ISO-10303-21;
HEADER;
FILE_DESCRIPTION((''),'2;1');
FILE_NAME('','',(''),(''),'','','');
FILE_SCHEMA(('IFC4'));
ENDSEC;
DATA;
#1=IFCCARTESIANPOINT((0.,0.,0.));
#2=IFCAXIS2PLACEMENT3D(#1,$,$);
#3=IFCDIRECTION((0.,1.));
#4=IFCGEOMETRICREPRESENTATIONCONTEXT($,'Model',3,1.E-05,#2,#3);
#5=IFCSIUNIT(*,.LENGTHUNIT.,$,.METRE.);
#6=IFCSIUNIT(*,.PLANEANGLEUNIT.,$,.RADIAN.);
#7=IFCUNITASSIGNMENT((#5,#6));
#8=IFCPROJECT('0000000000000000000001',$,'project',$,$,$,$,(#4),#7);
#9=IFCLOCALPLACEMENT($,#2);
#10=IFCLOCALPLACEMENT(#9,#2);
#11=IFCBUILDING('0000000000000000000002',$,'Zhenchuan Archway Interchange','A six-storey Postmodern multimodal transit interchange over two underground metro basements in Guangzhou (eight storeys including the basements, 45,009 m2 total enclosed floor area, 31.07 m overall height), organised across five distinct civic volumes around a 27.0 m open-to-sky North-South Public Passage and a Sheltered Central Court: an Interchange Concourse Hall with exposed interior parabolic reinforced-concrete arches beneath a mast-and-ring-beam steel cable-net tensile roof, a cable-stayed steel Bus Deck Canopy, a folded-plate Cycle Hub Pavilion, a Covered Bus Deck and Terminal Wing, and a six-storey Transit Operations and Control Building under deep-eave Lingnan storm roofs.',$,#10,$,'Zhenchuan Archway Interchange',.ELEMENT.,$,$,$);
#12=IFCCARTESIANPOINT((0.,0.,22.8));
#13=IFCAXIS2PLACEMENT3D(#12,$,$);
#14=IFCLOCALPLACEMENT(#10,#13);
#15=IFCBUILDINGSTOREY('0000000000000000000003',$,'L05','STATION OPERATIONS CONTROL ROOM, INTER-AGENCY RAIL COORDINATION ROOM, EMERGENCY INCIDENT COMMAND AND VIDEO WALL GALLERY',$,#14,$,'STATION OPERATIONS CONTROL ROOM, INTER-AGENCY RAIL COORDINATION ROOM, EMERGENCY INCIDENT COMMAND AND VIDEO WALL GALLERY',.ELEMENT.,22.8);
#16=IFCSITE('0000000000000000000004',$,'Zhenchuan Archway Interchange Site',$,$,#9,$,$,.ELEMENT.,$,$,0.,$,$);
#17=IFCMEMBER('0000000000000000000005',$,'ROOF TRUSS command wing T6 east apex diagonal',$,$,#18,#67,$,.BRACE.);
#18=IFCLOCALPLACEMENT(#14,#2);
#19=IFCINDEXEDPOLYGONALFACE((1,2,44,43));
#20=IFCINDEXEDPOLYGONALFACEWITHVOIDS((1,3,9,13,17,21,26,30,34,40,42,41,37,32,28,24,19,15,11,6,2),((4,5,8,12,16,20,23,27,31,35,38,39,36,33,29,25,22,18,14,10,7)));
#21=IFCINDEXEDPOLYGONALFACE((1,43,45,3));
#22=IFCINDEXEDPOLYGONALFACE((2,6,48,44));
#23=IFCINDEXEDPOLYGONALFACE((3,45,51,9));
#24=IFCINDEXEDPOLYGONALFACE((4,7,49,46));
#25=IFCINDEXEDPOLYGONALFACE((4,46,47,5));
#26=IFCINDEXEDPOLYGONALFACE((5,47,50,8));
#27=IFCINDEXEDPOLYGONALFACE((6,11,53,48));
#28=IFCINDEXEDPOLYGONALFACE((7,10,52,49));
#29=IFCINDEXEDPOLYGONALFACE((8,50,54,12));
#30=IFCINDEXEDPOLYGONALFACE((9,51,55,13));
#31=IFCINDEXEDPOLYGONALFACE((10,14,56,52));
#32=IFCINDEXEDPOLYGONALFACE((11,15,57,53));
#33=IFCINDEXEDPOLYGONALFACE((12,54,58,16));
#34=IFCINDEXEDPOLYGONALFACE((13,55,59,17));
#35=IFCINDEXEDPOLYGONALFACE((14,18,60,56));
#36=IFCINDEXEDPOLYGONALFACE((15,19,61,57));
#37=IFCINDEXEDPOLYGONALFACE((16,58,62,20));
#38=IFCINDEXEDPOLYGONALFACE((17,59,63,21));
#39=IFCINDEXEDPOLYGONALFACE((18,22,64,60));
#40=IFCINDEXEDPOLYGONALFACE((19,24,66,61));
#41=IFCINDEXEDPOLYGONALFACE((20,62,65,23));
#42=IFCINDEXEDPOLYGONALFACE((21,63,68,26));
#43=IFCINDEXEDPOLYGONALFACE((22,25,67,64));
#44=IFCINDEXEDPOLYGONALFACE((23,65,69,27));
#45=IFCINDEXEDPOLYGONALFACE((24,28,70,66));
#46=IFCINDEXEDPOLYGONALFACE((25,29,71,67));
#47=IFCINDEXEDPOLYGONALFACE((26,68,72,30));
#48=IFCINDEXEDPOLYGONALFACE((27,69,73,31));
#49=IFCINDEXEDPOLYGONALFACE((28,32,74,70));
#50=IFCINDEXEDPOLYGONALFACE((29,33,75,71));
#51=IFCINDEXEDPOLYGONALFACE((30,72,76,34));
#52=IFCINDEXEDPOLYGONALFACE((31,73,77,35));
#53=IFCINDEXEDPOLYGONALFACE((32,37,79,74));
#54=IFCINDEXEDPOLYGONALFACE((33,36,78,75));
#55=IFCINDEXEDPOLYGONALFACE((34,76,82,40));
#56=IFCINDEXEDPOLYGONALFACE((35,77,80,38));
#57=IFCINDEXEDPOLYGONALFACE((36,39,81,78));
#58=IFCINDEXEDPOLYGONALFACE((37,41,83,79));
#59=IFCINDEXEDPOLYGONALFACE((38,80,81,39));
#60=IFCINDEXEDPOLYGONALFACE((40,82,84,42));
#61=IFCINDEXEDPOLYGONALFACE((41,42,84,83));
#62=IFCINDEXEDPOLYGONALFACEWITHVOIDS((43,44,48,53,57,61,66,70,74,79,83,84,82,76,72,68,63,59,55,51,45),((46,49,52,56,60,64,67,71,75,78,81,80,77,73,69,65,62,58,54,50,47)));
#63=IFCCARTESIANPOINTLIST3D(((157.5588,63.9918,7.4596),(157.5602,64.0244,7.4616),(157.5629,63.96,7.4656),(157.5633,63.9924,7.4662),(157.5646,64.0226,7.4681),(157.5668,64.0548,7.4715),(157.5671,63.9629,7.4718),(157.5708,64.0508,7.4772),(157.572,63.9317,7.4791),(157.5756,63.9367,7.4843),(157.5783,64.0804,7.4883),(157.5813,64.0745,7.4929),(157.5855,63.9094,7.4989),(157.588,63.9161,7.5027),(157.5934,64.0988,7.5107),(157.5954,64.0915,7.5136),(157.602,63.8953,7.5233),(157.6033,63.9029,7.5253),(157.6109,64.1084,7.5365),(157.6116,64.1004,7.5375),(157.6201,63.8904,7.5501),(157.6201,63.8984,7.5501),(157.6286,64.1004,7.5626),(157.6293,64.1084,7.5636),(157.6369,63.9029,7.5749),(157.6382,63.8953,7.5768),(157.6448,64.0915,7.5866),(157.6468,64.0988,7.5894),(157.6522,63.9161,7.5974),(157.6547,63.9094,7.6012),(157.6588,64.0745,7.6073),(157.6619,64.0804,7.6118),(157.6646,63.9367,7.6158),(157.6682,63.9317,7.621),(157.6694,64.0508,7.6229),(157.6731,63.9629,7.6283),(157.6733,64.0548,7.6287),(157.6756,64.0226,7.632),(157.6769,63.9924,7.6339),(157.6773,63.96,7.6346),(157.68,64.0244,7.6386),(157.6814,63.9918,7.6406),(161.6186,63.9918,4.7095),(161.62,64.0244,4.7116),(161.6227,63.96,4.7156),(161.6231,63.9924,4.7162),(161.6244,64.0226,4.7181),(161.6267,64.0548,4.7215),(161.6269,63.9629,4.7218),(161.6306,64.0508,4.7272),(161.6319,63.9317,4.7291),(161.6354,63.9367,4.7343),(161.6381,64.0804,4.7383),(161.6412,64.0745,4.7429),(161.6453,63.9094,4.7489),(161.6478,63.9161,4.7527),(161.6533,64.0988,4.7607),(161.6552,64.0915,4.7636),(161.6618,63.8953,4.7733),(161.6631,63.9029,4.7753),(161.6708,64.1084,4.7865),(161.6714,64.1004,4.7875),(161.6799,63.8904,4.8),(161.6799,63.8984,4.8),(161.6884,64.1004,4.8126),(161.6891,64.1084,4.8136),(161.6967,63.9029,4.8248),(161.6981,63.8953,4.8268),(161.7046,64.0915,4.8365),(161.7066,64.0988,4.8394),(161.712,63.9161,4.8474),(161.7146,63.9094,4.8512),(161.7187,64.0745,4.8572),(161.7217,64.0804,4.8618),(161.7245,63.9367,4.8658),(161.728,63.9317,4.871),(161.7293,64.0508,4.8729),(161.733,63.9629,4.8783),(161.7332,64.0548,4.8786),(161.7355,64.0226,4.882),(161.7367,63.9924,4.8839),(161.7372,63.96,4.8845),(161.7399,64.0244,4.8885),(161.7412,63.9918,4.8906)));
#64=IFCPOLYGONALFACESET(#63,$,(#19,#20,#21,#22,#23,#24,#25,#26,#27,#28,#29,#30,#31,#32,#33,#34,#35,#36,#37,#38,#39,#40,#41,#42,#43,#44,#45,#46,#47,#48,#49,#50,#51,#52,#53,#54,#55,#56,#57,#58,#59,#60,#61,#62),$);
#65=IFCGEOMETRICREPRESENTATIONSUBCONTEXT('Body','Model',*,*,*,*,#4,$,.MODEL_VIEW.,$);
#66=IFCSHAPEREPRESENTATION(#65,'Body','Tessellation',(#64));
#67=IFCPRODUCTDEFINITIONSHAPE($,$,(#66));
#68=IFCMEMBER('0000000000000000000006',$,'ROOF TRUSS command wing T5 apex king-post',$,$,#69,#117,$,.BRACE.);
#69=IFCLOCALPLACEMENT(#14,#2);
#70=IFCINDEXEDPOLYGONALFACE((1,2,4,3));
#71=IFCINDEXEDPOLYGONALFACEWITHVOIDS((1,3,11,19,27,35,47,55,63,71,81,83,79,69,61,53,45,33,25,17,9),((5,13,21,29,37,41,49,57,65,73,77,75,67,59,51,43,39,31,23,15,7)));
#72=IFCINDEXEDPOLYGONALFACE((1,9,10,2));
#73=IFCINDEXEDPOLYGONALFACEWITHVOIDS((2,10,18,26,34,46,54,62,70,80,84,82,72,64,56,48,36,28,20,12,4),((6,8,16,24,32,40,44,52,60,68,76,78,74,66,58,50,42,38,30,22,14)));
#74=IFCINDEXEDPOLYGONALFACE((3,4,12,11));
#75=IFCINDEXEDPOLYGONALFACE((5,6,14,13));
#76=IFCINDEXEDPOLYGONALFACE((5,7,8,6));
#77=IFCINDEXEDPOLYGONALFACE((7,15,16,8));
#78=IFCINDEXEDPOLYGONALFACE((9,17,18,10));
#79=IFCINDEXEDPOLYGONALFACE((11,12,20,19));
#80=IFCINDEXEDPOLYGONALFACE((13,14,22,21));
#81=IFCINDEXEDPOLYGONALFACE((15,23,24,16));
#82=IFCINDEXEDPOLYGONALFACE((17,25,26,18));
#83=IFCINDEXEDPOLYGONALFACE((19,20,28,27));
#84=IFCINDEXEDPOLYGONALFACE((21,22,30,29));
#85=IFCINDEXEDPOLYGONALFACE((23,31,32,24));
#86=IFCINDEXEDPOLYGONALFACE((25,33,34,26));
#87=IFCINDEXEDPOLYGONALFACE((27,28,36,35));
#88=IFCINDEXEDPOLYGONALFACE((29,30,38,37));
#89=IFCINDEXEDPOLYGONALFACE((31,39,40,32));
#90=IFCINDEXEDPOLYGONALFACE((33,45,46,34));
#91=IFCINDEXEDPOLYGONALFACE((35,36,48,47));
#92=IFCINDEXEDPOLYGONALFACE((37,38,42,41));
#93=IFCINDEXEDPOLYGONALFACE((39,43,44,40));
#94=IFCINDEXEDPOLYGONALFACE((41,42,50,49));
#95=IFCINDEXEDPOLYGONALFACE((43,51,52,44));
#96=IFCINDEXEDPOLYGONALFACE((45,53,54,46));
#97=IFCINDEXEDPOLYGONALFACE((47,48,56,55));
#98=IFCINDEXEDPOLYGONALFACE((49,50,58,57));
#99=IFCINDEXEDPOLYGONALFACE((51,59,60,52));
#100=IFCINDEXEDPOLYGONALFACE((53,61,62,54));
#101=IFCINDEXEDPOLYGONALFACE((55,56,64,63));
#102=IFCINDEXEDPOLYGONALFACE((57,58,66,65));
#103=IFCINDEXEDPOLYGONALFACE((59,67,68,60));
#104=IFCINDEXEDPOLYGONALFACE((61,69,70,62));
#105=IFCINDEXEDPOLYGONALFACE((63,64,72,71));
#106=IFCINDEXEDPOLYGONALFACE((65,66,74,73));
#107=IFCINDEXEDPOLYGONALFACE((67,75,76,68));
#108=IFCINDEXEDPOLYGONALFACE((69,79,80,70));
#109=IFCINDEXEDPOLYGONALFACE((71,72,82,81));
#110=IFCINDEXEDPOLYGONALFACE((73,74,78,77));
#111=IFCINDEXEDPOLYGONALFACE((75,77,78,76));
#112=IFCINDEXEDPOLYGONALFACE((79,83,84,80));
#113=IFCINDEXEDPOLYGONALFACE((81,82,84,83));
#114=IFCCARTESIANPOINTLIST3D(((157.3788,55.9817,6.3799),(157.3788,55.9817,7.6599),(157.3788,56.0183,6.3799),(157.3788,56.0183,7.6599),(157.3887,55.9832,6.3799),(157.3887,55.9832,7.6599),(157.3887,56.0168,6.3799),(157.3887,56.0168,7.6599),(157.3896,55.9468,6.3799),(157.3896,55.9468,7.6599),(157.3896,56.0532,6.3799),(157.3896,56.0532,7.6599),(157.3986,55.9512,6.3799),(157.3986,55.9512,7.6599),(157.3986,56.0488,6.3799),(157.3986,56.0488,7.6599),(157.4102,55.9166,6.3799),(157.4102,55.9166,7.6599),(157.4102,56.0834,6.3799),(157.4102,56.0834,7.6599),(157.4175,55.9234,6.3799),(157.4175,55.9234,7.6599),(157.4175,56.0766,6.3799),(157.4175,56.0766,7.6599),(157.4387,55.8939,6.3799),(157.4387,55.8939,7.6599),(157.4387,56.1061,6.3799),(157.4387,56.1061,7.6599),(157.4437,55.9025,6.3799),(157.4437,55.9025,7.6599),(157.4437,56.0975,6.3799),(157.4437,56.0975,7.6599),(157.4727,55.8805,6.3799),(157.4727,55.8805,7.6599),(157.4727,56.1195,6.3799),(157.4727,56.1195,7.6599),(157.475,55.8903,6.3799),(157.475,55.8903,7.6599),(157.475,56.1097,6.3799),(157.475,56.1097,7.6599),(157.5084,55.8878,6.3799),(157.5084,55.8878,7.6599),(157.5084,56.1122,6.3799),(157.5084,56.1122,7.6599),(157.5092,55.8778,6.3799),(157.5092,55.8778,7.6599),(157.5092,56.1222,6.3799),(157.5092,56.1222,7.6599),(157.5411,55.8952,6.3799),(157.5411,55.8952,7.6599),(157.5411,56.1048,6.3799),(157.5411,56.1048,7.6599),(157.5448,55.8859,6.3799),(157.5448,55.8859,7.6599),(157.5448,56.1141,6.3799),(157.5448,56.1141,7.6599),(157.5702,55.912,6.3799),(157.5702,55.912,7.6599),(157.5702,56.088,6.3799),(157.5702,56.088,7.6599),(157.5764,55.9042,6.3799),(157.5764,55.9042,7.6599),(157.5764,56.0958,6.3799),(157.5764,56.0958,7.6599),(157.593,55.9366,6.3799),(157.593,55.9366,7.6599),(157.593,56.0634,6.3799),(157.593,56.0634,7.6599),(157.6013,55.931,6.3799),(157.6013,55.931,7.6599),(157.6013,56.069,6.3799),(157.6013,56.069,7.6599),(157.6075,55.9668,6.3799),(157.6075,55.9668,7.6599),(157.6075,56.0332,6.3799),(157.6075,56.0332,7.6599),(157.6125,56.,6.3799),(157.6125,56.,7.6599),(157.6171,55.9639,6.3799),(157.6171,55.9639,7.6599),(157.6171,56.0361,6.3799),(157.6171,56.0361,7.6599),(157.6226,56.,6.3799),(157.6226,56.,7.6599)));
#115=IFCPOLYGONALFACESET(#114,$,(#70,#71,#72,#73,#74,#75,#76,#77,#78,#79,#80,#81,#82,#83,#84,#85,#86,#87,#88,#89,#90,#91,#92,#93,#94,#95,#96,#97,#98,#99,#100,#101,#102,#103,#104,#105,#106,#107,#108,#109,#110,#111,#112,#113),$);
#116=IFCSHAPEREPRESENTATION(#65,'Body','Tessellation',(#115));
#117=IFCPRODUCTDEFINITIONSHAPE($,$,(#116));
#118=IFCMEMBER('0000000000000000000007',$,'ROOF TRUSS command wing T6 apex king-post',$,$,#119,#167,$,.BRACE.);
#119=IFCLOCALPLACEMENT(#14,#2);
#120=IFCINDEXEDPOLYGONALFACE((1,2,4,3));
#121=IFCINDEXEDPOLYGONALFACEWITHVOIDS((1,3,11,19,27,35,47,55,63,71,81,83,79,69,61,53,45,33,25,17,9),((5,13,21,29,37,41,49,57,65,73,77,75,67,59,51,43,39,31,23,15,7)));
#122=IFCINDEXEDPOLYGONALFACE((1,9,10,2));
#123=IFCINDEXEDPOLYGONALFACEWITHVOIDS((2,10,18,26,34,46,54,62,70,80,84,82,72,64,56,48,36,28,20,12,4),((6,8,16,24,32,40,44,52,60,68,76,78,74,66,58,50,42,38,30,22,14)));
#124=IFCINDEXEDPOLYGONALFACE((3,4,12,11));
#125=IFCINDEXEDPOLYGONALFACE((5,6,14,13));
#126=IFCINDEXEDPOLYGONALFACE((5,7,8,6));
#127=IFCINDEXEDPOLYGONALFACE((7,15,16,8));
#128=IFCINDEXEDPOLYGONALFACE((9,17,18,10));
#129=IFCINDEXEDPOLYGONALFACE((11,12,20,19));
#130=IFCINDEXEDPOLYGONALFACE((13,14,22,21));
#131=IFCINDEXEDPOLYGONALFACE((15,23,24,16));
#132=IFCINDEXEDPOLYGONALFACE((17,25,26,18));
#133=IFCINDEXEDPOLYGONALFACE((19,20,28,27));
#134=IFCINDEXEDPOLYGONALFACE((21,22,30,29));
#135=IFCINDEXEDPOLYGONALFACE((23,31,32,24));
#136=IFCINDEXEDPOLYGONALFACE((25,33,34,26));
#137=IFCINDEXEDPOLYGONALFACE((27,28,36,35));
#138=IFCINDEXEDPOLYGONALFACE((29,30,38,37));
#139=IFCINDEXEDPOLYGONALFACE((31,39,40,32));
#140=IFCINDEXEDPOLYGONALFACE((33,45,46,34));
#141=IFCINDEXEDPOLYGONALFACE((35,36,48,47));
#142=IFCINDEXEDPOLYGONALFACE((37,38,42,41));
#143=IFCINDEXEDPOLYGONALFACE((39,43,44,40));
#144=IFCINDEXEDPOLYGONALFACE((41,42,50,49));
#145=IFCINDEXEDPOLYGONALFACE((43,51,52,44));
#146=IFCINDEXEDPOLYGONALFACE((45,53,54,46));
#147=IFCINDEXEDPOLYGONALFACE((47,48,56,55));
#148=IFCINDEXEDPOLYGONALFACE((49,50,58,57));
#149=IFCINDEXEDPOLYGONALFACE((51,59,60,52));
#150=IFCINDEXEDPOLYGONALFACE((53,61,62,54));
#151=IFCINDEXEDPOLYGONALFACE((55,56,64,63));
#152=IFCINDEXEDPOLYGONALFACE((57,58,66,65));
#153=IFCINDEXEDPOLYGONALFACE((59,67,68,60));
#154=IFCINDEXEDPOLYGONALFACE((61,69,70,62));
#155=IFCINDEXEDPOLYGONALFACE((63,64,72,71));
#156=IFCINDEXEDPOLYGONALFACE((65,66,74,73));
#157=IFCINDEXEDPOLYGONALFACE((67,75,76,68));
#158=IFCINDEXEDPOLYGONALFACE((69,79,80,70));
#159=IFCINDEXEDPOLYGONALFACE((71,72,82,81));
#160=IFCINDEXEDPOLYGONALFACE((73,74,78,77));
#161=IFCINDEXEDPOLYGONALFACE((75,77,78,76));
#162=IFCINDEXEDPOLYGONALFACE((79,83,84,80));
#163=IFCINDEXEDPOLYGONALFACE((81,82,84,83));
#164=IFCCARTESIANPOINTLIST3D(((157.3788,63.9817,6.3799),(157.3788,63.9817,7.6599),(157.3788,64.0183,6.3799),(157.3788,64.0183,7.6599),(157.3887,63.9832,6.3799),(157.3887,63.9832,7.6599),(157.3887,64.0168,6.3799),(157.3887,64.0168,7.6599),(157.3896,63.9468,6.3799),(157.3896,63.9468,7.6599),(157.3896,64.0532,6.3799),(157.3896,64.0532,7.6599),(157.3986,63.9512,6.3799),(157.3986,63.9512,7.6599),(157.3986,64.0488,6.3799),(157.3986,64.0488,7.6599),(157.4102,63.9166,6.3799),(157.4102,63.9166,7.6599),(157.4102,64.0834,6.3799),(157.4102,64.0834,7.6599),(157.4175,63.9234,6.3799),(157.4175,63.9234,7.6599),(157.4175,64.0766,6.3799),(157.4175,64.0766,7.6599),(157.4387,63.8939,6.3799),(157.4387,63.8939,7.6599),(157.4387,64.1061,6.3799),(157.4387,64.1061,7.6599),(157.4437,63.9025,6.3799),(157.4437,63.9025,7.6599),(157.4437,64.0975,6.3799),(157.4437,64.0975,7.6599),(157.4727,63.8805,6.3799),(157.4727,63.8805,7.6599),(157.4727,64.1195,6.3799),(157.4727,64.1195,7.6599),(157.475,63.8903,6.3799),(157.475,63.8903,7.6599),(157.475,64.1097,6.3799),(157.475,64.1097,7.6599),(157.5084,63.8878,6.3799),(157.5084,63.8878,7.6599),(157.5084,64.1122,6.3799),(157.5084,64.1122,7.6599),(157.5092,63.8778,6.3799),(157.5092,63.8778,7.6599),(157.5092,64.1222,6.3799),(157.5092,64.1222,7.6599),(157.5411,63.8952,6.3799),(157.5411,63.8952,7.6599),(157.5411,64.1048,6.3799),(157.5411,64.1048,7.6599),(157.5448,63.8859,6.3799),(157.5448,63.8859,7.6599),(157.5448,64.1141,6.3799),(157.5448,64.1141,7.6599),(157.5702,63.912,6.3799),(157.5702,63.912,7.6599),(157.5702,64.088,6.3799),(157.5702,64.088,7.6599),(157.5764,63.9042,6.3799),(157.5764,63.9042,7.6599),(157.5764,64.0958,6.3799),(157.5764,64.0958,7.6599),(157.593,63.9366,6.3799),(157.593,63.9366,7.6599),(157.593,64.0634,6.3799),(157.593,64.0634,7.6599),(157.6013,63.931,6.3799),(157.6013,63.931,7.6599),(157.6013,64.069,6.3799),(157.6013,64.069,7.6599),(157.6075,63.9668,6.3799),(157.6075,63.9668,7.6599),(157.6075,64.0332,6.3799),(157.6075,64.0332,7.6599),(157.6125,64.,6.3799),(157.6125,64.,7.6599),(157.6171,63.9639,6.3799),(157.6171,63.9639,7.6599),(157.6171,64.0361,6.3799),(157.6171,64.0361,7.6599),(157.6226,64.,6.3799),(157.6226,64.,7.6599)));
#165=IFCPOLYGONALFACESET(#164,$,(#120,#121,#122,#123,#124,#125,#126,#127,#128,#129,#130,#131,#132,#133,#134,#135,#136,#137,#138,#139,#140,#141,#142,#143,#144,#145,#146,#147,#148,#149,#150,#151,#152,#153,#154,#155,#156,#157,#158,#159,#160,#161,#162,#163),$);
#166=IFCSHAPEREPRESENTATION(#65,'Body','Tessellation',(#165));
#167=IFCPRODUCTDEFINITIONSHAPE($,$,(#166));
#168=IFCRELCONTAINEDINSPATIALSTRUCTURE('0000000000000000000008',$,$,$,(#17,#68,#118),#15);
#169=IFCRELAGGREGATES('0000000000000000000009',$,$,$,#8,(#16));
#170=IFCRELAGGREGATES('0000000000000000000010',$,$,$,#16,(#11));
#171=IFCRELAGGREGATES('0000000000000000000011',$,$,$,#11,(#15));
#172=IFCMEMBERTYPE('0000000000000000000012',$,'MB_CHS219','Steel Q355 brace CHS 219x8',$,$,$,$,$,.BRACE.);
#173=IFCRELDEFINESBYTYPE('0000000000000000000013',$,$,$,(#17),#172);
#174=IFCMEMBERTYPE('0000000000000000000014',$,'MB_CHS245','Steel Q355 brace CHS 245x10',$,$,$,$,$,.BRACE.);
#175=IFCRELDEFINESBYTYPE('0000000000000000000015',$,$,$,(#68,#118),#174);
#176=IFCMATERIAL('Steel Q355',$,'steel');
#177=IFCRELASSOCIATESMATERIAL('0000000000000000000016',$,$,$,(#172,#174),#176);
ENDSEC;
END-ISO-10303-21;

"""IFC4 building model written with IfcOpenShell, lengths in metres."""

from ifc_helpers import new_model, si_unit, direction, frame, origin, origin_2d, place, context, subcontext, project, spatial, hollow_circle, extrude, material, material_profile, profile_set, type_object, element, save


model = new_model("IFC4")

# Units and contexts
model_context = context("Model", 3, precision=1e-05, world=origin(), true_north=direction((0.0, 1.0)))
body_context = subcontext(model_context, "Body", "Model", "MODEL_VIEW")
ifc_project = project(units=[si_unit("LENGTHUNIT", "METRE"), si_unit("PLANEANGLEUNIT", "RADIAN")], contexts=[model_context])

# Site, building, storey
site_placement = place(None, origin())
site = spatial("IfcSite", under=ifc_project, at=site_placement, Name="Zhenchuan Archway Interchange Site", CompositionType="ELEMENT", RefElevation=0.0)
building_placement = place(site_placement, origin())
building = spatial("IfcBuilding", under=site, at=building_placement, Name="Zhenchuan Archway Interchange", Description="A six-storey Postmodern multimodal transit interchange over two underground metro basements in Guangzhou (eight storeys including the basements, 45,009 m2 total enclosed floor area, 31.07 m overall height), organised across five distinct civic volumes around a 27.0 m open-to-sky North-South Public Passage and a Sheltered Central Court: an Interchange Concourse Hall with exposed interior parabolic reinforced-concrete arches beneath a mast-and-ring-beam steel cable-net tensile roof, a cable-stayed steel Bus Deck Canopy, a folded-plate Cycle Hub Pavilion, a Covered Bus Deck and Terminal Wing, and a six-storey Transit Operations and Control Building under deep-eave Lingnan storm roofs.", LongName="Zhenchuan Archway Interchange", CompositionType="ELEMENT")
storey_placement = place(building_placement, frame((0.0, 0.0, 22.8)))
storey = spatial("IfcBuildingStorey", under=building, at=storey_placement, Name="L05", Description="STATION OPERATIONS CONTROL ROOM, INTER-AGENCY RAIL COORDINATION ROOM, EMERGENCY INCIDENT COMMAND AND VIDEO WALL GALLERY", LongName="STATION OPERATIONS CONTROL ROOM, INTER-AGENCY RAIL COORDINATION ROOM, EMERGENCY INCIDENT COMMAND AND VIDEO WALL GALLERY", CompositionType="ELEMENT", Elevation=22.8)

# Shared definitions
ifc_material_1 = material(Name="Steel Q355", Category="steel")

# Members
ifc_material_profile_1 = material_profile(ifc_material_1, hollow_circle(Radius=0.1096, WallThickness=0.0081, at=origin_2d()), Name="CHS 219x8")
ifc_profile_set_1 = profile_set([ifc_material_profile_1], Name="Steel Q355")
member_type_1 = type_object("IfcMemberType", Name="MB_CHS219", Description="Steel Q355 brace CHS 219x8", PredefinedType="BRACE", material=ifc_profile_set_1)
for number, where, z_axis, x_axis, name in (
    (1, (161.6799, 64.0, 4.8), (-0.827937, 0.0, 0.560821), (0.0, -1.0, 0.0), "ROOF TRUSS command wing T6 east apex diagonal"),
):
    element("IfcMember", number, at=place(storey_placement, frame(where, z_axis=z_axis, x_axis=x_axis)), inside=storey, type_object=member_type_1, Name=name, PredefinedType="BRACE", context=body_context, shape_type="SweptSolid", body=[
        extrude(hollow_circle(Radius=0.1096, WallThickness=0.0081, at=origin_2d()), origin(), (0.0, 0.0, 1.0), 4.9036),
    ])
ifc_material_profile_2 = material_profile(ifc_material_1, hollow_circle(Radius=0.1226, WallThickness=0.01, at=origin_2d()), Name="CHS 245x10")
ifc_profile_set_2 = profile_set([ifc_material_profile_2], Name="Steel Q355")
member_type_2 = type_object("IfcMemberType", Name="MB_CHS245", Description="Steel Q355 brace CHS 245x10", PredefinedType="BRACE", material=ifc_profile_set_2)
for number, where, z_axis, x_axis, name in (
    (2, (157.5, 56.0, 6.3799), (0.0, 0.0, 1.0), (1.0, 0.0, 0.0), "ROOF TRUSS command wing T5 apex king-post"),
    (3, (157.5, 64.0, 6.3799), (0.0, 0.0, 1.0), (1.0, 0.0, 0.0), "ROOF TRUSS command wing T6 apex king-post"),
):
    element("IfcMember", number, at=place(storey_placement, frame(where, z_axis=z_axis, x_axis=x_axis)), inside=storey, type_object=member_type_2, Name=name, PredefinedType="BRACE", context=body_context, shape_type="SweptSolid", body=[
        extrude(hollow_circle(Radius=0.1226, WallThickness=0.01, at=origin_2d()), origin(), (0.0, 0.0, 1.0), 1.28),
    ])

save(model, "model.ifc")
